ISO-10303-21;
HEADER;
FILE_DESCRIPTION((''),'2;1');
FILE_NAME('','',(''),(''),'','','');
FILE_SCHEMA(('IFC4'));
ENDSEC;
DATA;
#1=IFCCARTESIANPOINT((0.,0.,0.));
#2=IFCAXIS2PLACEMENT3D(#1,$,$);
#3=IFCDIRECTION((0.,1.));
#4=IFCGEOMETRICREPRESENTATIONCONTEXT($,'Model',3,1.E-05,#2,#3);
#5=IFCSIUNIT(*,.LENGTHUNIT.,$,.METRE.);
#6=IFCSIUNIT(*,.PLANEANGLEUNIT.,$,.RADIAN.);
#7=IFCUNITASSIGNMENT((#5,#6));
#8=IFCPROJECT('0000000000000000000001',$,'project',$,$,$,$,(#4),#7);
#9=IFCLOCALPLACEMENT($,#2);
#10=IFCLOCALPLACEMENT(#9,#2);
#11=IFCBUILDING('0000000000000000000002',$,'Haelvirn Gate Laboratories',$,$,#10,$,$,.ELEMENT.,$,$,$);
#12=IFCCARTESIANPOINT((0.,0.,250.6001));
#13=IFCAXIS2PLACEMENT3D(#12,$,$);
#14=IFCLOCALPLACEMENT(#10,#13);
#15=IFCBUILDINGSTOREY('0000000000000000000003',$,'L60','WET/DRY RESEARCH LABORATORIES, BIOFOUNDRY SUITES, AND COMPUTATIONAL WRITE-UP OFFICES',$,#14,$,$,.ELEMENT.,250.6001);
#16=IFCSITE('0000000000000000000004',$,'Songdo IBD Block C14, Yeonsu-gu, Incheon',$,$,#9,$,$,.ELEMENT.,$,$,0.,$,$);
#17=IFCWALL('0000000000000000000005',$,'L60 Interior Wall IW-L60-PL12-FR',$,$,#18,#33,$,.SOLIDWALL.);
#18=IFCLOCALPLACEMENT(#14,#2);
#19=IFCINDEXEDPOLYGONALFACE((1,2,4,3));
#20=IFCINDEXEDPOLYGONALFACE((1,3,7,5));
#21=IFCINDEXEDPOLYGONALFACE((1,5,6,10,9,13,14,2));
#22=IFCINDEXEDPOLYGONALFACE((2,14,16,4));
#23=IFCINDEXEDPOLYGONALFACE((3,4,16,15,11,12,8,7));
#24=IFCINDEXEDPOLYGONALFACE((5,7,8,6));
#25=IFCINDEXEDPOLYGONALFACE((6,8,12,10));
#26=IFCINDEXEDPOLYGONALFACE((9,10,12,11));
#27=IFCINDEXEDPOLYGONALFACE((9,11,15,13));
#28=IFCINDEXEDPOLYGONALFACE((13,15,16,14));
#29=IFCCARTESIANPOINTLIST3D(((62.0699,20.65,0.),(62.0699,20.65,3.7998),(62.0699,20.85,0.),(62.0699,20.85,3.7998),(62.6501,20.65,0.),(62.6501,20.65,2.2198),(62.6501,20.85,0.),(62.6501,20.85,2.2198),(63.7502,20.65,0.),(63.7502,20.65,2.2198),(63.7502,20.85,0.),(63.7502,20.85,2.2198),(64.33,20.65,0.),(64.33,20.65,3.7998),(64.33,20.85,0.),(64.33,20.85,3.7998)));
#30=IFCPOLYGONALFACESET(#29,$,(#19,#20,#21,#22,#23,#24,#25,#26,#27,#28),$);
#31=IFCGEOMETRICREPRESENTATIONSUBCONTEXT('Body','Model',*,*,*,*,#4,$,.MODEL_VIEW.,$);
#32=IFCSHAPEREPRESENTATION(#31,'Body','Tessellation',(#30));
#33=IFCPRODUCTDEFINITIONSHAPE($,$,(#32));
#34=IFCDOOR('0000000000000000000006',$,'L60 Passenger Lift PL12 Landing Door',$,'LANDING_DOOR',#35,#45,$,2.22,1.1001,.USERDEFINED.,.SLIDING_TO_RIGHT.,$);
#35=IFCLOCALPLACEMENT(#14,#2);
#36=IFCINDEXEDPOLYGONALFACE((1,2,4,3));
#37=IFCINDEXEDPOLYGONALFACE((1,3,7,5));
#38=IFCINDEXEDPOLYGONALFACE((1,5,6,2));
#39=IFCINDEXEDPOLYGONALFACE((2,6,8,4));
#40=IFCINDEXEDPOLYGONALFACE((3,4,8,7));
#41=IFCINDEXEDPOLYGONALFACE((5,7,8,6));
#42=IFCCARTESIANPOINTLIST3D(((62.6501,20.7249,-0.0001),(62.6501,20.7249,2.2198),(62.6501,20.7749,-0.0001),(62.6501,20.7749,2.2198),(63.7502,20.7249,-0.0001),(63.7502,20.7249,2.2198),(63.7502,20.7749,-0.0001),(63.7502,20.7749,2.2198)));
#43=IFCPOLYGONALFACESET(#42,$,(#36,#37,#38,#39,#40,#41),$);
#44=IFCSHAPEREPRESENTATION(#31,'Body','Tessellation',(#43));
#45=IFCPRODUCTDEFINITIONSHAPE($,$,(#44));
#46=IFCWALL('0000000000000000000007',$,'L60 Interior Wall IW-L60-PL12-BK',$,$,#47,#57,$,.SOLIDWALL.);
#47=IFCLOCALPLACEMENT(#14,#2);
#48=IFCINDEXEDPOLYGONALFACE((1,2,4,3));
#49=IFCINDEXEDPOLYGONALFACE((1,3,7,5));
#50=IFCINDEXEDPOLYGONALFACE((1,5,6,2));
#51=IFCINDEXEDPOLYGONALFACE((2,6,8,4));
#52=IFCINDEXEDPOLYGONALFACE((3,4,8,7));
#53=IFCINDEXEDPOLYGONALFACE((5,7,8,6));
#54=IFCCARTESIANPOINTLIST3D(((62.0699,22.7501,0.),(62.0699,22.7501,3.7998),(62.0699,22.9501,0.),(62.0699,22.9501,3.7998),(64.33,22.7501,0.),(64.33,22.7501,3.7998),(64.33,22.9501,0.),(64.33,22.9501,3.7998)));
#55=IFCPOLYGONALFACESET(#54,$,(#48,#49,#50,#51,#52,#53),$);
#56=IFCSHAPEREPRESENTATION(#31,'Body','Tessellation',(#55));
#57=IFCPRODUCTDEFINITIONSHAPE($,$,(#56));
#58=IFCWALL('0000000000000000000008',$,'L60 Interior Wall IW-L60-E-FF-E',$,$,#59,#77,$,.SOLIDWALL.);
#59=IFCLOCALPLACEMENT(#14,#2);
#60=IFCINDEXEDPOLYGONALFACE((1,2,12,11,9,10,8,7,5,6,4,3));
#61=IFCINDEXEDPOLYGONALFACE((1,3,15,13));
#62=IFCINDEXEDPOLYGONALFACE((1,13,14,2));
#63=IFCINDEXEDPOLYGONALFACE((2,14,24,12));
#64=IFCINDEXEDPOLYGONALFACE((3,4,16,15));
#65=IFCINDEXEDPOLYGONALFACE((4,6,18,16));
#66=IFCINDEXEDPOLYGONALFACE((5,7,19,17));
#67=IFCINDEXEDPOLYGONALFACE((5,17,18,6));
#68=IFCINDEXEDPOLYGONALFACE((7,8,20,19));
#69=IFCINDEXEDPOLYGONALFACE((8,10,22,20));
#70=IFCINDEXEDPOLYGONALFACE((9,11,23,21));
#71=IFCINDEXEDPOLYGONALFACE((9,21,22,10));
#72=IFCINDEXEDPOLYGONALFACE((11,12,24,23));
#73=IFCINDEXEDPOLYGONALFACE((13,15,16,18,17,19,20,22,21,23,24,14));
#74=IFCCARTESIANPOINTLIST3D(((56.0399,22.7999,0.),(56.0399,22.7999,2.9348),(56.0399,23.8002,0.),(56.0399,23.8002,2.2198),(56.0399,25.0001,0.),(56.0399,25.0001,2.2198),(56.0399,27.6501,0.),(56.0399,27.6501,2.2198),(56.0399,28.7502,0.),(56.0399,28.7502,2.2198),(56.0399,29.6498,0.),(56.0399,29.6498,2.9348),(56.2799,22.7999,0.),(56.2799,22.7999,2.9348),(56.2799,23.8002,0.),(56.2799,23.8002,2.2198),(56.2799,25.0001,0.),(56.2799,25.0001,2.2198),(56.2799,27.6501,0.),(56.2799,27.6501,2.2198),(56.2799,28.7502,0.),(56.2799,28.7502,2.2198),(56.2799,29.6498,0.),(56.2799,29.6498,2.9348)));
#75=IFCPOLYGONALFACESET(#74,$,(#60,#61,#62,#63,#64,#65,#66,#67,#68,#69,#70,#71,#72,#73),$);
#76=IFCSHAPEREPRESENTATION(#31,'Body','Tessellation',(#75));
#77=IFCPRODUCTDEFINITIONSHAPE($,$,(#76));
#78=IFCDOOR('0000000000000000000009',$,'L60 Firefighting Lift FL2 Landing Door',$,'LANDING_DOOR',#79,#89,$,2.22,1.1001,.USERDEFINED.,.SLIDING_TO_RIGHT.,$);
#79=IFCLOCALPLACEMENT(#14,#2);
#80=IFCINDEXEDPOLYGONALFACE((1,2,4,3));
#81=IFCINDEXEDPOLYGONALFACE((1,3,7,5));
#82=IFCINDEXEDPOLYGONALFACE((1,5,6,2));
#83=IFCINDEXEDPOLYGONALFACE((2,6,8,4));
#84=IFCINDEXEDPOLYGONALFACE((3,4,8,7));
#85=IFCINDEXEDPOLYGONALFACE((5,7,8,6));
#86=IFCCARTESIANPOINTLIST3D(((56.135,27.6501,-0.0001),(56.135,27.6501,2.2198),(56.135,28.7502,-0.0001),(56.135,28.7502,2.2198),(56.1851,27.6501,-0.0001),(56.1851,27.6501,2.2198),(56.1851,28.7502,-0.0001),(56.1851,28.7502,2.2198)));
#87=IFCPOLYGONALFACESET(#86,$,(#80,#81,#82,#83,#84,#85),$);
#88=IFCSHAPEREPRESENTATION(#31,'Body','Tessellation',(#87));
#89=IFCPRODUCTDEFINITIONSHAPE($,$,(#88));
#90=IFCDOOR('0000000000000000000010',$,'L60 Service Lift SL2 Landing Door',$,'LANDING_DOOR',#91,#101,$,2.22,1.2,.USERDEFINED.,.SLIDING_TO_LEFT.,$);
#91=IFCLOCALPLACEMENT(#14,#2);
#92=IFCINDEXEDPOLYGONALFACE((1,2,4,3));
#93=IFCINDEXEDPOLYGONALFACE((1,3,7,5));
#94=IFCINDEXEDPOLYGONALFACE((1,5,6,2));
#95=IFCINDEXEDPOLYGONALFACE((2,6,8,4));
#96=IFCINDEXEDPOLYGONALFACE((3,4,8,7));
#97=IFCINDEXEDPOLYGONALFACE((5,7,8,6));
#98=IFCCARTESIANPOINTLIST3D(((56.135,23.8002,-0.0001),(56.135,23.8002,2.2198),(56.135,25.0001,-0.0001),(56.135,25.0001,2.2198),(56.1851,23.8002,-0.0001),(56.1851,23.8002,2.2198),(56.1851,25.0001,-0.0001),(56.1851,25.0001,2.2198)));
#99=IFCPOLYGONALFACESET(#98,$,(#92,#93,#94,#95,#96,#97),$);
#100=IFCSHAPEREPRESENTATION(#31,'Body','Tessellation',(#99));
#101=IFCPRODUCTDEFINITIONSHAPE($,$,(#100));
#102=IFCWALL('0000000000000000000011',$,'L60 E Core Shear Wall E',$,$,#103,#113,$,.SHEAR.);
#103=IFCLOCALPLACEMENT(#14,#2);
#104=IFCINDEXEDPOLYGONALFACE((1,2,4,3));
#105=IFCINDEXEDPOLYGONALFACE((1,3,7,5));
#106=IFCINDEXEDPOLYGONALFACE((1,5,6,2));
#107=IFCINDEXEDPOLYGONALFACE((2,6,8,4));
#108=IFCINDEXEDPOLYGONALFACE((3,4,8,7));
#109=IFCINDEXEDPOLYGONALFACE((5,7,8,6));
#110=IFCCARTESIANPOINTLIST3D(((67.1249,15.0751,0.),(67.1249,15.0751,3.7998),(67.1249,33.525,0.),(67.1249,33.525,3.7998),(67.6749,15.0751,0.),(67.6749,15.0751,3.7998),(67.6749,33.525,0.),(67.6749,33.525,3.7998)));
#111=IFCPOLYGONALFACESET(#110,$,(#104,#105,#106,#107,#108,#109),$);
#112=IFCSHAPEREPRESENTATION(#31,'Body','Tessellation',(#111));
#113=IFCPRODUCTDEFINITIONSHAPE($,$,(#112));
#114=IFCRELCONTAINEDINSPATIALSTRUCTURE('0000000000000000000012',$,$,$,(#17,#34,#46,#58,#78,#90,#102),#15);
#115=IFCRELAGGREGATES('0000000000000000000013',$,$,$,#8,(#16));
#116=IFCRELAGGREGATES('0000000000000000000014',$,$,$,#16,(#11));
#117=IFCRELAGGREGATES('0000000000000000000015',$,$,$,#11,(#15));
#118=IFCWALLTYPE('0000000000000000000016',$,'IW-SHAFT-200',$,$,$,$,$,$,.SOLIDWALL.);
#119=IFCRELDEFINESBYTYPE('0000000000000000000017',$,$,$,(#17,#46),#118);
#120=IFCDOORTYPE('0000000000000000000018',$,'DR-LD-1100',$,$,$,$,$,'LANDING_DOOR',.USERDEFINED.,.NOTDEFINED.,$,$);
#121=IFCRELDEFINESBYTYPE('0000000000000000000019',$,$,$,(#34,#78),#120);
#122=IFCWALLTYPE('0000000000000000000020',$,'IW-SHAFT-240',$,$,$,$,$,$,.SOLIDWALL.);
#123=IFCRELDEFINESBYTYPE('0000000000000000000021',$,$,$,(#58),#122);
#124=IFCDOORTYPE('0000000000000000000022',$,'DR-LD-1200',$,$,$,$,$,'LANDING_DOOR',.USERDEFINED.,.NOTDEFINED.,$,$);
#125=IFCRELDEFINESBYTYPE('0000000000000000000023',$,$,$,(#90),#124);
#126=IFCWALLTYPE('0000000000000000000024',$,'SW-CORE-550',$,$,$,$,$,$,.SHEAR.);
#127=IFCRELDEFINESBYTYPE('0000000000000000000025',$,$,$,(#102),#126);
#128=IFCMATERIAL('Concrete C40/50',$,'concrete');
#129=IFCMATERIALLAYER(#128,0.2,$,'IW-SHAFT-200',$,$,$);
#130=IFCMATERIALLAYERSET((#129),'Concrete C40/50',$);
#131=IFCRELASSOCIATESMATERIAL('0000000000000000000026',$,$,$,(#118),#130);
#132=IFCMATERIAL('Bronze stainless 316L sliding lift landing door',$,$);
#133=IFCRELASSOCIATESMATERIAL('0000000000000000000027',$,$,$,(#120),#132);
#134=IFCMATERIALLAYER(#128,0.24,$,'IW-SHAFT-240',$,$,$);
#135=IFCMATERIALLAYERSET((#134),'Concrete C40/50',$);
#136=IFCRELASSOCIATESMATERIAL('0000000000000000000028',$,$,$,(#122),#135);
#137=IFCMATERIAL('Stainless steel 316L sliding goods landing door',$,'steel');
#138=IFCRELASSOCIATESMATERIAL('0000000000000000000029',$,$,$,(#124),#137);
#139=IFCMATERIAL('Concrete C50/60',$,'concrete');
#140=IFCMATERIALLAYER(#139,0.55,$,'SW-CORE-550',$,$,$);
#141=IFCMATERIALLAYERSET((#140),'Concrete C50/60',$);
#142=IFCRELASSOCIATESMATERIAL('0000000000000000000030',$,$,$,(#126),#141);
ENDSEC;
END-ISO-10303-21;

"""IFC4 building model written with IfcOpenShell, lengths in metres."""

from ifc_helpers import new_model, si_unit, direction, frame, frame_2d, origin, place, context, subcontext, project, spatial, rectangle, extrude, source, transform, mapped, material, layer, layer_set, type_object, type_shapes, element, fill, save


model = new_model("IFC4")

# Units and contexts
model_context = context("Model", 3, precision=1e-05, world=origin(), true_north=direction((0.0, 1.0)))
body_context = subcontext(model_context, "Body", "Model", "MODEL_VIEW")
ifc_project = project(units=[si_unit("LENGTHUNIT", "METRE"), si_unit("PLANEANGLEUNIT", "RADIAN")], contexts=[model_context])

# Site, building, storey
site_placement = place(None, origin())
site = spatial("IfcSite", under=ifc_project, at=site_placement, Name="Songdo IBD Block C14, Yeonsu-gu, Incheon", CompositionType="ELEMENT", RefElevation=0.0)
building_placement = place(site_placement, origin())
building = spatial("IfcBuilding", under=site, at=building_placement, Name="Haelvirn Gate Laboratories", CompositionType="ELEMENT")
storey_placement = place(building_placement, frame((0.0, 0.0, 250.6001)))
storey = spatial("IfcBuildingStorey", under=building, at=storey_placement, Name="L60", Description="WET/DRY RESEARCH LABORATORIES, BIOFOUNDRY SUITES, AND COMPUTATIONAL WRITE-UP OFFICES", CompositionType="ELEMENT", Elevation=250.6001)

# Shared definitions
ifc_material_1 = material(Name="Concrete C50/60", Category="concrete")

# Shared definitions
ifc_material_2 = material(Name="Concrete C40/50", Category="concrete")

# Shared definitions
ifc_layer_1 = layer(ifc_material_2, 0.2, Name="IW-SHAFT-200")
ifc_layer_set_1 = layer_set([ifc_layer_1], Name="Concrete C40/50")
wall_type_1 = type_object("IfcWallType", Name="IW-SHAFT-200", PredefinedType="SOLIDWALL", material=ifc_layer_set_1)
ifc_material_3 = material(Name="Bronze stainless 316L sliding lift landing door")
door_type_1 = type_object("IfcDoorType", Name="DR-LD-1100", ElementType="LANDING_DOOR", OperationType="NOTDEFINED", PredefinedType="USERDEFINED", material=ifc_material_3)
shared_shape_1 = source(origin(), body_context, "Body", "SweptSolid", [
    extrude(rectangle(XDim=1.1001, YDim=2.22, at=frame_2d((0.55, 1.1099))), frame((0.0, 0.0249, 0.0), z_axis=(0.0, -1.0, 0.0), x_axis=(1.0, 0.0, 0.0)), (0.0, 0.0, 1.0), 0.05),
])
type_shapes(door_type_1, [shared_shape_1])

# Wall, opening, door
wall_1_placement = place(storey_placement, frame((62.0701, 20.75, 0.0), z_axis=(0.0, 0.0, 1.0), x_axis=(1.0, 0.0, 0.0)))
wall_1 = element("IfcWall", 1, at=wall_1_placement, inside=storey, type_object=wall_type_1, Name="L60 Interior Wall IW-L60-PL12-FR", PredefinedType="SOLIDWALL", context=body_context, shape_type="SweptSolid", body=[
    extrude(rectangle(XDim=2.26, YDim=0.2, at=frame_2d((1.1299, 0.0))), origin(), (0.0, 0.0, 1.0), 3.7998),
])
opening_1_placement = place(wall_1_placement, frame((0.5801, 0.0, 0.0)))
opening_1 = element("IfcOpeningElement", 2, at=opening_1_placement, cuts=wall_1, PredefinedType="OPENING", context=body_context, shape_type="SweptSolid", body=[
    extrude(rectangle(XDim=1.1001, YDim=2.22, at=frame_2d((0.55, 1.1099))), frame((0.0, 0.1099, 0.0), z_axis=(0.0, -1.0, 0.0), x_axis=(1.0, 0.0, 0.0)), (0.0, 0.0, 1.0), 0.22),
])
door_1_placement = place(opening_1_placement, origin())
door_1 = element("IfcDoor", 3, at=door_1_placement, inside=storey, type_object=door_type_1, Name="L60 Passenger Lift PL12 Landing Door", ObjectType="LANDING_DOOR", OperationType="SLIDING_TO_RIGHT", OverallHeight=2.22, OverallWidth=1.1001, PredefinedType="USERDEFINED", context=body_context, shape_type="MappedRepresentation", body=[
    mapped(shared_shape_1, transform((0.0, 0.0, 0.0), scale=1.0)),
])
fill(opening_1, door_1)

# Wall
wall_2_placement = place(storey_placement, frame((62.0701, 22.8501, 0.0), z_axis=(0.0, 0.0, 1.0), x_axis=(1.0, 0.0, 0.0)))
element("IfcWall", 4, at=wall_2_placement, inside=storey, type_object=wall_type_1, Name="L60 Interior Wall IW-L60-PL12-BK", PredefinedType="SOLIDWALL", context=body_context, shape_type="SweptSolid", body=[
    extrude(rectangle(XDim=2.26, YDim=0.2, at=frame_2d((1.1299, 0.0))), origin(), (0.0, 0.0, 1.0), 3.7998),
])

# Wall, openings, doors
ifc_layer_2 = layer(ifc_material_2, 0.24, Name="IW-SHAFT-240")
ifc_layer_set_2 = layer_set([ifc_layer_2], Name="Concrete C40/50")
wall_type_2 = type_object("IfcWallType", Name="IW-SHAFT-240", PredefinedType="SOLIDWALL", material=ifc_layer_set_2)
wall_3_placement = place(storey_placement, frame((56.1599, 22.8, 0.0), z_axis=(0.0, 0.0, 1.0), x_axis=(0.0, 1.0, 0.0)))
wall_3 = element("IfcWall", 5, at=wall_3_placement, inside=storey, type_object=wall_type_2, Name="L60 Interior Wall IW-L60-E-FF-E", PredefinedType="SOLIDWALL", context=body_context, shape_type="SweptSolid", body=[
    extrude(rectangle(XDim=6.8499, YDim=0.24, at=frame_2d((3.4248, 0.0))), origin(), (0.0, 0.0, 1.0), 2.9348),
])
opening_2_placement = place(wall_3_placement, frame((4.8501, 0.0, 0.0)))
opening_2 = element("IfcOpeningElement", 6, at=opening_2_placement, cuts=wall_3, PredefinedType="OPENING", context=body_context, shape_type="SweptSolid", body=[
    extrude(rectangle(XDim=1.1001, YDim=2.22, at=frame_2d((0.55, 1.1099))), frame((0.0, 0.1299, 0.0), z_axis=(0.0, -1.0, 0.0), x_axis=(1.0, 0.0, 0.0)), (0.0, 0.0, 1.0), 0.26),
])
opening_3_placement = place(wall_3_placement, frame((1.0, 0.0, 0.0)))
opening_3 = element("IfcOpeningElement", 7, at=opening_3_placement, cuts=wall_3, PredefinedType="OPENING", context=body_context, shape_type="SweptSolid", body=[
    extrude(rectangle(XDim=1.2, YDim=2.22, at=frame_2d((0.6001, 1.1099))), frame((0.0, 0.1299, 0.0), z_axis=(0.0, -1.0, 0.0), x_axis=(1.0, 0.0, 0.0)), (0.0, 0.0, 1.0), 0.26),
])
door_2_placement = place(opening_2_placement, origin())
door_2 = element("IfcDoor", 8, at=door_2_placement, inside=storey, type_object=door_type_1, Name="L60 Firefighting Lift FL2 Landing Door", ObjectType="LANDING_DOOR", OperationType="SLIDING_TO_RIGHT", OverallHeight=2.22, OverallWidth=1.1001, PredefinedType="USERDEFINED", context=body_context, shape_type="MappedRepresentation", body=[
    mapped(shared_shape_1, transform((0.0, 0.0, 0.0), scale=1.0)),
])
fill(opening_2, door_2)
ifc_material_4 = material(Name="Stainless steel 316L sliding goods landing door", Category="steel")
door_type_2 = type_object("IfcDoorType", Name="DR-LD-1200", ElementType="LANDING_DOOR", OperationType="NOTDEFINED", PredefinedType="USERDEFINED", material=ifc_material_4)
shared_shape_2 = source(origin(), body_context, "Body", "SweptSolid", [
    extrude(rectangle(XDim=1.2, YDim=2.22, at=frame_2d((0.6001, 1.1099))), frame((0.0, 0.0249, 0.0), z_axis=(0.0, -1.0, 0.0), x_axis=(1.0, 0.0, 0.0)), (0.0, 0.0, 1.0), 0.05),
])
type_shapes(door_type_2, [shared_shape_2])
door_3_placement = place(opening_3_placement, origin())
door_3 = element("IfcDoor", 9, at=door_3_placement, inside=storey, type_object=door_type_2, Name="L60 Service Lift SL2 Landing Door", ObjectType="LANDING_DOOR", OperationType="SLIDING_TO_LEFT", OverallHeight=2.22, OverallWidth=1.2, PredefinedType="USERDEFINED", context=body_context, shape_type="MappedRepresentation", body=[
    mapped(shared_shape_2, transform((0.0, 0.0, 0.0), scale=1.0)),
])
fill(opening_3, door_3)

# Wall
ifc_layer_3 = layer(ifc_material_1, 0.55, Name="SW-CORE-550")
ifc_layer_set_3 = layer_set([ifc_layer_3], Name="Concrete C50/60")
wall_type_3 = type_object("IfcWallType", Name="SW-CORE-550", PredefinedType="SHEAR", material=ifc_layer_set_3)
wall_4_placement = place(storey_placement, frame((67.3999, 15.075, 0.0), z_axis=(0.0, 0.0, 1.0), x_axis=(0.0, 1.0, 0.0)))
element("IfcWall", 10, at=wall_4_placement, inside=storey, type_object=wall_type_3, Name="L60 E Core Shear Wall E", PredefinedType="SHEAR", context=body_context, shape_type="SweptSolid", body=[
    extrude(rectangle(XDim=18.45, YDim=0.55, at=frame_2d((9.2251, 0.0))), origin(), (0.0, 0.0, 1.0), 3.7998),
])

save(model, "model.ifc")
